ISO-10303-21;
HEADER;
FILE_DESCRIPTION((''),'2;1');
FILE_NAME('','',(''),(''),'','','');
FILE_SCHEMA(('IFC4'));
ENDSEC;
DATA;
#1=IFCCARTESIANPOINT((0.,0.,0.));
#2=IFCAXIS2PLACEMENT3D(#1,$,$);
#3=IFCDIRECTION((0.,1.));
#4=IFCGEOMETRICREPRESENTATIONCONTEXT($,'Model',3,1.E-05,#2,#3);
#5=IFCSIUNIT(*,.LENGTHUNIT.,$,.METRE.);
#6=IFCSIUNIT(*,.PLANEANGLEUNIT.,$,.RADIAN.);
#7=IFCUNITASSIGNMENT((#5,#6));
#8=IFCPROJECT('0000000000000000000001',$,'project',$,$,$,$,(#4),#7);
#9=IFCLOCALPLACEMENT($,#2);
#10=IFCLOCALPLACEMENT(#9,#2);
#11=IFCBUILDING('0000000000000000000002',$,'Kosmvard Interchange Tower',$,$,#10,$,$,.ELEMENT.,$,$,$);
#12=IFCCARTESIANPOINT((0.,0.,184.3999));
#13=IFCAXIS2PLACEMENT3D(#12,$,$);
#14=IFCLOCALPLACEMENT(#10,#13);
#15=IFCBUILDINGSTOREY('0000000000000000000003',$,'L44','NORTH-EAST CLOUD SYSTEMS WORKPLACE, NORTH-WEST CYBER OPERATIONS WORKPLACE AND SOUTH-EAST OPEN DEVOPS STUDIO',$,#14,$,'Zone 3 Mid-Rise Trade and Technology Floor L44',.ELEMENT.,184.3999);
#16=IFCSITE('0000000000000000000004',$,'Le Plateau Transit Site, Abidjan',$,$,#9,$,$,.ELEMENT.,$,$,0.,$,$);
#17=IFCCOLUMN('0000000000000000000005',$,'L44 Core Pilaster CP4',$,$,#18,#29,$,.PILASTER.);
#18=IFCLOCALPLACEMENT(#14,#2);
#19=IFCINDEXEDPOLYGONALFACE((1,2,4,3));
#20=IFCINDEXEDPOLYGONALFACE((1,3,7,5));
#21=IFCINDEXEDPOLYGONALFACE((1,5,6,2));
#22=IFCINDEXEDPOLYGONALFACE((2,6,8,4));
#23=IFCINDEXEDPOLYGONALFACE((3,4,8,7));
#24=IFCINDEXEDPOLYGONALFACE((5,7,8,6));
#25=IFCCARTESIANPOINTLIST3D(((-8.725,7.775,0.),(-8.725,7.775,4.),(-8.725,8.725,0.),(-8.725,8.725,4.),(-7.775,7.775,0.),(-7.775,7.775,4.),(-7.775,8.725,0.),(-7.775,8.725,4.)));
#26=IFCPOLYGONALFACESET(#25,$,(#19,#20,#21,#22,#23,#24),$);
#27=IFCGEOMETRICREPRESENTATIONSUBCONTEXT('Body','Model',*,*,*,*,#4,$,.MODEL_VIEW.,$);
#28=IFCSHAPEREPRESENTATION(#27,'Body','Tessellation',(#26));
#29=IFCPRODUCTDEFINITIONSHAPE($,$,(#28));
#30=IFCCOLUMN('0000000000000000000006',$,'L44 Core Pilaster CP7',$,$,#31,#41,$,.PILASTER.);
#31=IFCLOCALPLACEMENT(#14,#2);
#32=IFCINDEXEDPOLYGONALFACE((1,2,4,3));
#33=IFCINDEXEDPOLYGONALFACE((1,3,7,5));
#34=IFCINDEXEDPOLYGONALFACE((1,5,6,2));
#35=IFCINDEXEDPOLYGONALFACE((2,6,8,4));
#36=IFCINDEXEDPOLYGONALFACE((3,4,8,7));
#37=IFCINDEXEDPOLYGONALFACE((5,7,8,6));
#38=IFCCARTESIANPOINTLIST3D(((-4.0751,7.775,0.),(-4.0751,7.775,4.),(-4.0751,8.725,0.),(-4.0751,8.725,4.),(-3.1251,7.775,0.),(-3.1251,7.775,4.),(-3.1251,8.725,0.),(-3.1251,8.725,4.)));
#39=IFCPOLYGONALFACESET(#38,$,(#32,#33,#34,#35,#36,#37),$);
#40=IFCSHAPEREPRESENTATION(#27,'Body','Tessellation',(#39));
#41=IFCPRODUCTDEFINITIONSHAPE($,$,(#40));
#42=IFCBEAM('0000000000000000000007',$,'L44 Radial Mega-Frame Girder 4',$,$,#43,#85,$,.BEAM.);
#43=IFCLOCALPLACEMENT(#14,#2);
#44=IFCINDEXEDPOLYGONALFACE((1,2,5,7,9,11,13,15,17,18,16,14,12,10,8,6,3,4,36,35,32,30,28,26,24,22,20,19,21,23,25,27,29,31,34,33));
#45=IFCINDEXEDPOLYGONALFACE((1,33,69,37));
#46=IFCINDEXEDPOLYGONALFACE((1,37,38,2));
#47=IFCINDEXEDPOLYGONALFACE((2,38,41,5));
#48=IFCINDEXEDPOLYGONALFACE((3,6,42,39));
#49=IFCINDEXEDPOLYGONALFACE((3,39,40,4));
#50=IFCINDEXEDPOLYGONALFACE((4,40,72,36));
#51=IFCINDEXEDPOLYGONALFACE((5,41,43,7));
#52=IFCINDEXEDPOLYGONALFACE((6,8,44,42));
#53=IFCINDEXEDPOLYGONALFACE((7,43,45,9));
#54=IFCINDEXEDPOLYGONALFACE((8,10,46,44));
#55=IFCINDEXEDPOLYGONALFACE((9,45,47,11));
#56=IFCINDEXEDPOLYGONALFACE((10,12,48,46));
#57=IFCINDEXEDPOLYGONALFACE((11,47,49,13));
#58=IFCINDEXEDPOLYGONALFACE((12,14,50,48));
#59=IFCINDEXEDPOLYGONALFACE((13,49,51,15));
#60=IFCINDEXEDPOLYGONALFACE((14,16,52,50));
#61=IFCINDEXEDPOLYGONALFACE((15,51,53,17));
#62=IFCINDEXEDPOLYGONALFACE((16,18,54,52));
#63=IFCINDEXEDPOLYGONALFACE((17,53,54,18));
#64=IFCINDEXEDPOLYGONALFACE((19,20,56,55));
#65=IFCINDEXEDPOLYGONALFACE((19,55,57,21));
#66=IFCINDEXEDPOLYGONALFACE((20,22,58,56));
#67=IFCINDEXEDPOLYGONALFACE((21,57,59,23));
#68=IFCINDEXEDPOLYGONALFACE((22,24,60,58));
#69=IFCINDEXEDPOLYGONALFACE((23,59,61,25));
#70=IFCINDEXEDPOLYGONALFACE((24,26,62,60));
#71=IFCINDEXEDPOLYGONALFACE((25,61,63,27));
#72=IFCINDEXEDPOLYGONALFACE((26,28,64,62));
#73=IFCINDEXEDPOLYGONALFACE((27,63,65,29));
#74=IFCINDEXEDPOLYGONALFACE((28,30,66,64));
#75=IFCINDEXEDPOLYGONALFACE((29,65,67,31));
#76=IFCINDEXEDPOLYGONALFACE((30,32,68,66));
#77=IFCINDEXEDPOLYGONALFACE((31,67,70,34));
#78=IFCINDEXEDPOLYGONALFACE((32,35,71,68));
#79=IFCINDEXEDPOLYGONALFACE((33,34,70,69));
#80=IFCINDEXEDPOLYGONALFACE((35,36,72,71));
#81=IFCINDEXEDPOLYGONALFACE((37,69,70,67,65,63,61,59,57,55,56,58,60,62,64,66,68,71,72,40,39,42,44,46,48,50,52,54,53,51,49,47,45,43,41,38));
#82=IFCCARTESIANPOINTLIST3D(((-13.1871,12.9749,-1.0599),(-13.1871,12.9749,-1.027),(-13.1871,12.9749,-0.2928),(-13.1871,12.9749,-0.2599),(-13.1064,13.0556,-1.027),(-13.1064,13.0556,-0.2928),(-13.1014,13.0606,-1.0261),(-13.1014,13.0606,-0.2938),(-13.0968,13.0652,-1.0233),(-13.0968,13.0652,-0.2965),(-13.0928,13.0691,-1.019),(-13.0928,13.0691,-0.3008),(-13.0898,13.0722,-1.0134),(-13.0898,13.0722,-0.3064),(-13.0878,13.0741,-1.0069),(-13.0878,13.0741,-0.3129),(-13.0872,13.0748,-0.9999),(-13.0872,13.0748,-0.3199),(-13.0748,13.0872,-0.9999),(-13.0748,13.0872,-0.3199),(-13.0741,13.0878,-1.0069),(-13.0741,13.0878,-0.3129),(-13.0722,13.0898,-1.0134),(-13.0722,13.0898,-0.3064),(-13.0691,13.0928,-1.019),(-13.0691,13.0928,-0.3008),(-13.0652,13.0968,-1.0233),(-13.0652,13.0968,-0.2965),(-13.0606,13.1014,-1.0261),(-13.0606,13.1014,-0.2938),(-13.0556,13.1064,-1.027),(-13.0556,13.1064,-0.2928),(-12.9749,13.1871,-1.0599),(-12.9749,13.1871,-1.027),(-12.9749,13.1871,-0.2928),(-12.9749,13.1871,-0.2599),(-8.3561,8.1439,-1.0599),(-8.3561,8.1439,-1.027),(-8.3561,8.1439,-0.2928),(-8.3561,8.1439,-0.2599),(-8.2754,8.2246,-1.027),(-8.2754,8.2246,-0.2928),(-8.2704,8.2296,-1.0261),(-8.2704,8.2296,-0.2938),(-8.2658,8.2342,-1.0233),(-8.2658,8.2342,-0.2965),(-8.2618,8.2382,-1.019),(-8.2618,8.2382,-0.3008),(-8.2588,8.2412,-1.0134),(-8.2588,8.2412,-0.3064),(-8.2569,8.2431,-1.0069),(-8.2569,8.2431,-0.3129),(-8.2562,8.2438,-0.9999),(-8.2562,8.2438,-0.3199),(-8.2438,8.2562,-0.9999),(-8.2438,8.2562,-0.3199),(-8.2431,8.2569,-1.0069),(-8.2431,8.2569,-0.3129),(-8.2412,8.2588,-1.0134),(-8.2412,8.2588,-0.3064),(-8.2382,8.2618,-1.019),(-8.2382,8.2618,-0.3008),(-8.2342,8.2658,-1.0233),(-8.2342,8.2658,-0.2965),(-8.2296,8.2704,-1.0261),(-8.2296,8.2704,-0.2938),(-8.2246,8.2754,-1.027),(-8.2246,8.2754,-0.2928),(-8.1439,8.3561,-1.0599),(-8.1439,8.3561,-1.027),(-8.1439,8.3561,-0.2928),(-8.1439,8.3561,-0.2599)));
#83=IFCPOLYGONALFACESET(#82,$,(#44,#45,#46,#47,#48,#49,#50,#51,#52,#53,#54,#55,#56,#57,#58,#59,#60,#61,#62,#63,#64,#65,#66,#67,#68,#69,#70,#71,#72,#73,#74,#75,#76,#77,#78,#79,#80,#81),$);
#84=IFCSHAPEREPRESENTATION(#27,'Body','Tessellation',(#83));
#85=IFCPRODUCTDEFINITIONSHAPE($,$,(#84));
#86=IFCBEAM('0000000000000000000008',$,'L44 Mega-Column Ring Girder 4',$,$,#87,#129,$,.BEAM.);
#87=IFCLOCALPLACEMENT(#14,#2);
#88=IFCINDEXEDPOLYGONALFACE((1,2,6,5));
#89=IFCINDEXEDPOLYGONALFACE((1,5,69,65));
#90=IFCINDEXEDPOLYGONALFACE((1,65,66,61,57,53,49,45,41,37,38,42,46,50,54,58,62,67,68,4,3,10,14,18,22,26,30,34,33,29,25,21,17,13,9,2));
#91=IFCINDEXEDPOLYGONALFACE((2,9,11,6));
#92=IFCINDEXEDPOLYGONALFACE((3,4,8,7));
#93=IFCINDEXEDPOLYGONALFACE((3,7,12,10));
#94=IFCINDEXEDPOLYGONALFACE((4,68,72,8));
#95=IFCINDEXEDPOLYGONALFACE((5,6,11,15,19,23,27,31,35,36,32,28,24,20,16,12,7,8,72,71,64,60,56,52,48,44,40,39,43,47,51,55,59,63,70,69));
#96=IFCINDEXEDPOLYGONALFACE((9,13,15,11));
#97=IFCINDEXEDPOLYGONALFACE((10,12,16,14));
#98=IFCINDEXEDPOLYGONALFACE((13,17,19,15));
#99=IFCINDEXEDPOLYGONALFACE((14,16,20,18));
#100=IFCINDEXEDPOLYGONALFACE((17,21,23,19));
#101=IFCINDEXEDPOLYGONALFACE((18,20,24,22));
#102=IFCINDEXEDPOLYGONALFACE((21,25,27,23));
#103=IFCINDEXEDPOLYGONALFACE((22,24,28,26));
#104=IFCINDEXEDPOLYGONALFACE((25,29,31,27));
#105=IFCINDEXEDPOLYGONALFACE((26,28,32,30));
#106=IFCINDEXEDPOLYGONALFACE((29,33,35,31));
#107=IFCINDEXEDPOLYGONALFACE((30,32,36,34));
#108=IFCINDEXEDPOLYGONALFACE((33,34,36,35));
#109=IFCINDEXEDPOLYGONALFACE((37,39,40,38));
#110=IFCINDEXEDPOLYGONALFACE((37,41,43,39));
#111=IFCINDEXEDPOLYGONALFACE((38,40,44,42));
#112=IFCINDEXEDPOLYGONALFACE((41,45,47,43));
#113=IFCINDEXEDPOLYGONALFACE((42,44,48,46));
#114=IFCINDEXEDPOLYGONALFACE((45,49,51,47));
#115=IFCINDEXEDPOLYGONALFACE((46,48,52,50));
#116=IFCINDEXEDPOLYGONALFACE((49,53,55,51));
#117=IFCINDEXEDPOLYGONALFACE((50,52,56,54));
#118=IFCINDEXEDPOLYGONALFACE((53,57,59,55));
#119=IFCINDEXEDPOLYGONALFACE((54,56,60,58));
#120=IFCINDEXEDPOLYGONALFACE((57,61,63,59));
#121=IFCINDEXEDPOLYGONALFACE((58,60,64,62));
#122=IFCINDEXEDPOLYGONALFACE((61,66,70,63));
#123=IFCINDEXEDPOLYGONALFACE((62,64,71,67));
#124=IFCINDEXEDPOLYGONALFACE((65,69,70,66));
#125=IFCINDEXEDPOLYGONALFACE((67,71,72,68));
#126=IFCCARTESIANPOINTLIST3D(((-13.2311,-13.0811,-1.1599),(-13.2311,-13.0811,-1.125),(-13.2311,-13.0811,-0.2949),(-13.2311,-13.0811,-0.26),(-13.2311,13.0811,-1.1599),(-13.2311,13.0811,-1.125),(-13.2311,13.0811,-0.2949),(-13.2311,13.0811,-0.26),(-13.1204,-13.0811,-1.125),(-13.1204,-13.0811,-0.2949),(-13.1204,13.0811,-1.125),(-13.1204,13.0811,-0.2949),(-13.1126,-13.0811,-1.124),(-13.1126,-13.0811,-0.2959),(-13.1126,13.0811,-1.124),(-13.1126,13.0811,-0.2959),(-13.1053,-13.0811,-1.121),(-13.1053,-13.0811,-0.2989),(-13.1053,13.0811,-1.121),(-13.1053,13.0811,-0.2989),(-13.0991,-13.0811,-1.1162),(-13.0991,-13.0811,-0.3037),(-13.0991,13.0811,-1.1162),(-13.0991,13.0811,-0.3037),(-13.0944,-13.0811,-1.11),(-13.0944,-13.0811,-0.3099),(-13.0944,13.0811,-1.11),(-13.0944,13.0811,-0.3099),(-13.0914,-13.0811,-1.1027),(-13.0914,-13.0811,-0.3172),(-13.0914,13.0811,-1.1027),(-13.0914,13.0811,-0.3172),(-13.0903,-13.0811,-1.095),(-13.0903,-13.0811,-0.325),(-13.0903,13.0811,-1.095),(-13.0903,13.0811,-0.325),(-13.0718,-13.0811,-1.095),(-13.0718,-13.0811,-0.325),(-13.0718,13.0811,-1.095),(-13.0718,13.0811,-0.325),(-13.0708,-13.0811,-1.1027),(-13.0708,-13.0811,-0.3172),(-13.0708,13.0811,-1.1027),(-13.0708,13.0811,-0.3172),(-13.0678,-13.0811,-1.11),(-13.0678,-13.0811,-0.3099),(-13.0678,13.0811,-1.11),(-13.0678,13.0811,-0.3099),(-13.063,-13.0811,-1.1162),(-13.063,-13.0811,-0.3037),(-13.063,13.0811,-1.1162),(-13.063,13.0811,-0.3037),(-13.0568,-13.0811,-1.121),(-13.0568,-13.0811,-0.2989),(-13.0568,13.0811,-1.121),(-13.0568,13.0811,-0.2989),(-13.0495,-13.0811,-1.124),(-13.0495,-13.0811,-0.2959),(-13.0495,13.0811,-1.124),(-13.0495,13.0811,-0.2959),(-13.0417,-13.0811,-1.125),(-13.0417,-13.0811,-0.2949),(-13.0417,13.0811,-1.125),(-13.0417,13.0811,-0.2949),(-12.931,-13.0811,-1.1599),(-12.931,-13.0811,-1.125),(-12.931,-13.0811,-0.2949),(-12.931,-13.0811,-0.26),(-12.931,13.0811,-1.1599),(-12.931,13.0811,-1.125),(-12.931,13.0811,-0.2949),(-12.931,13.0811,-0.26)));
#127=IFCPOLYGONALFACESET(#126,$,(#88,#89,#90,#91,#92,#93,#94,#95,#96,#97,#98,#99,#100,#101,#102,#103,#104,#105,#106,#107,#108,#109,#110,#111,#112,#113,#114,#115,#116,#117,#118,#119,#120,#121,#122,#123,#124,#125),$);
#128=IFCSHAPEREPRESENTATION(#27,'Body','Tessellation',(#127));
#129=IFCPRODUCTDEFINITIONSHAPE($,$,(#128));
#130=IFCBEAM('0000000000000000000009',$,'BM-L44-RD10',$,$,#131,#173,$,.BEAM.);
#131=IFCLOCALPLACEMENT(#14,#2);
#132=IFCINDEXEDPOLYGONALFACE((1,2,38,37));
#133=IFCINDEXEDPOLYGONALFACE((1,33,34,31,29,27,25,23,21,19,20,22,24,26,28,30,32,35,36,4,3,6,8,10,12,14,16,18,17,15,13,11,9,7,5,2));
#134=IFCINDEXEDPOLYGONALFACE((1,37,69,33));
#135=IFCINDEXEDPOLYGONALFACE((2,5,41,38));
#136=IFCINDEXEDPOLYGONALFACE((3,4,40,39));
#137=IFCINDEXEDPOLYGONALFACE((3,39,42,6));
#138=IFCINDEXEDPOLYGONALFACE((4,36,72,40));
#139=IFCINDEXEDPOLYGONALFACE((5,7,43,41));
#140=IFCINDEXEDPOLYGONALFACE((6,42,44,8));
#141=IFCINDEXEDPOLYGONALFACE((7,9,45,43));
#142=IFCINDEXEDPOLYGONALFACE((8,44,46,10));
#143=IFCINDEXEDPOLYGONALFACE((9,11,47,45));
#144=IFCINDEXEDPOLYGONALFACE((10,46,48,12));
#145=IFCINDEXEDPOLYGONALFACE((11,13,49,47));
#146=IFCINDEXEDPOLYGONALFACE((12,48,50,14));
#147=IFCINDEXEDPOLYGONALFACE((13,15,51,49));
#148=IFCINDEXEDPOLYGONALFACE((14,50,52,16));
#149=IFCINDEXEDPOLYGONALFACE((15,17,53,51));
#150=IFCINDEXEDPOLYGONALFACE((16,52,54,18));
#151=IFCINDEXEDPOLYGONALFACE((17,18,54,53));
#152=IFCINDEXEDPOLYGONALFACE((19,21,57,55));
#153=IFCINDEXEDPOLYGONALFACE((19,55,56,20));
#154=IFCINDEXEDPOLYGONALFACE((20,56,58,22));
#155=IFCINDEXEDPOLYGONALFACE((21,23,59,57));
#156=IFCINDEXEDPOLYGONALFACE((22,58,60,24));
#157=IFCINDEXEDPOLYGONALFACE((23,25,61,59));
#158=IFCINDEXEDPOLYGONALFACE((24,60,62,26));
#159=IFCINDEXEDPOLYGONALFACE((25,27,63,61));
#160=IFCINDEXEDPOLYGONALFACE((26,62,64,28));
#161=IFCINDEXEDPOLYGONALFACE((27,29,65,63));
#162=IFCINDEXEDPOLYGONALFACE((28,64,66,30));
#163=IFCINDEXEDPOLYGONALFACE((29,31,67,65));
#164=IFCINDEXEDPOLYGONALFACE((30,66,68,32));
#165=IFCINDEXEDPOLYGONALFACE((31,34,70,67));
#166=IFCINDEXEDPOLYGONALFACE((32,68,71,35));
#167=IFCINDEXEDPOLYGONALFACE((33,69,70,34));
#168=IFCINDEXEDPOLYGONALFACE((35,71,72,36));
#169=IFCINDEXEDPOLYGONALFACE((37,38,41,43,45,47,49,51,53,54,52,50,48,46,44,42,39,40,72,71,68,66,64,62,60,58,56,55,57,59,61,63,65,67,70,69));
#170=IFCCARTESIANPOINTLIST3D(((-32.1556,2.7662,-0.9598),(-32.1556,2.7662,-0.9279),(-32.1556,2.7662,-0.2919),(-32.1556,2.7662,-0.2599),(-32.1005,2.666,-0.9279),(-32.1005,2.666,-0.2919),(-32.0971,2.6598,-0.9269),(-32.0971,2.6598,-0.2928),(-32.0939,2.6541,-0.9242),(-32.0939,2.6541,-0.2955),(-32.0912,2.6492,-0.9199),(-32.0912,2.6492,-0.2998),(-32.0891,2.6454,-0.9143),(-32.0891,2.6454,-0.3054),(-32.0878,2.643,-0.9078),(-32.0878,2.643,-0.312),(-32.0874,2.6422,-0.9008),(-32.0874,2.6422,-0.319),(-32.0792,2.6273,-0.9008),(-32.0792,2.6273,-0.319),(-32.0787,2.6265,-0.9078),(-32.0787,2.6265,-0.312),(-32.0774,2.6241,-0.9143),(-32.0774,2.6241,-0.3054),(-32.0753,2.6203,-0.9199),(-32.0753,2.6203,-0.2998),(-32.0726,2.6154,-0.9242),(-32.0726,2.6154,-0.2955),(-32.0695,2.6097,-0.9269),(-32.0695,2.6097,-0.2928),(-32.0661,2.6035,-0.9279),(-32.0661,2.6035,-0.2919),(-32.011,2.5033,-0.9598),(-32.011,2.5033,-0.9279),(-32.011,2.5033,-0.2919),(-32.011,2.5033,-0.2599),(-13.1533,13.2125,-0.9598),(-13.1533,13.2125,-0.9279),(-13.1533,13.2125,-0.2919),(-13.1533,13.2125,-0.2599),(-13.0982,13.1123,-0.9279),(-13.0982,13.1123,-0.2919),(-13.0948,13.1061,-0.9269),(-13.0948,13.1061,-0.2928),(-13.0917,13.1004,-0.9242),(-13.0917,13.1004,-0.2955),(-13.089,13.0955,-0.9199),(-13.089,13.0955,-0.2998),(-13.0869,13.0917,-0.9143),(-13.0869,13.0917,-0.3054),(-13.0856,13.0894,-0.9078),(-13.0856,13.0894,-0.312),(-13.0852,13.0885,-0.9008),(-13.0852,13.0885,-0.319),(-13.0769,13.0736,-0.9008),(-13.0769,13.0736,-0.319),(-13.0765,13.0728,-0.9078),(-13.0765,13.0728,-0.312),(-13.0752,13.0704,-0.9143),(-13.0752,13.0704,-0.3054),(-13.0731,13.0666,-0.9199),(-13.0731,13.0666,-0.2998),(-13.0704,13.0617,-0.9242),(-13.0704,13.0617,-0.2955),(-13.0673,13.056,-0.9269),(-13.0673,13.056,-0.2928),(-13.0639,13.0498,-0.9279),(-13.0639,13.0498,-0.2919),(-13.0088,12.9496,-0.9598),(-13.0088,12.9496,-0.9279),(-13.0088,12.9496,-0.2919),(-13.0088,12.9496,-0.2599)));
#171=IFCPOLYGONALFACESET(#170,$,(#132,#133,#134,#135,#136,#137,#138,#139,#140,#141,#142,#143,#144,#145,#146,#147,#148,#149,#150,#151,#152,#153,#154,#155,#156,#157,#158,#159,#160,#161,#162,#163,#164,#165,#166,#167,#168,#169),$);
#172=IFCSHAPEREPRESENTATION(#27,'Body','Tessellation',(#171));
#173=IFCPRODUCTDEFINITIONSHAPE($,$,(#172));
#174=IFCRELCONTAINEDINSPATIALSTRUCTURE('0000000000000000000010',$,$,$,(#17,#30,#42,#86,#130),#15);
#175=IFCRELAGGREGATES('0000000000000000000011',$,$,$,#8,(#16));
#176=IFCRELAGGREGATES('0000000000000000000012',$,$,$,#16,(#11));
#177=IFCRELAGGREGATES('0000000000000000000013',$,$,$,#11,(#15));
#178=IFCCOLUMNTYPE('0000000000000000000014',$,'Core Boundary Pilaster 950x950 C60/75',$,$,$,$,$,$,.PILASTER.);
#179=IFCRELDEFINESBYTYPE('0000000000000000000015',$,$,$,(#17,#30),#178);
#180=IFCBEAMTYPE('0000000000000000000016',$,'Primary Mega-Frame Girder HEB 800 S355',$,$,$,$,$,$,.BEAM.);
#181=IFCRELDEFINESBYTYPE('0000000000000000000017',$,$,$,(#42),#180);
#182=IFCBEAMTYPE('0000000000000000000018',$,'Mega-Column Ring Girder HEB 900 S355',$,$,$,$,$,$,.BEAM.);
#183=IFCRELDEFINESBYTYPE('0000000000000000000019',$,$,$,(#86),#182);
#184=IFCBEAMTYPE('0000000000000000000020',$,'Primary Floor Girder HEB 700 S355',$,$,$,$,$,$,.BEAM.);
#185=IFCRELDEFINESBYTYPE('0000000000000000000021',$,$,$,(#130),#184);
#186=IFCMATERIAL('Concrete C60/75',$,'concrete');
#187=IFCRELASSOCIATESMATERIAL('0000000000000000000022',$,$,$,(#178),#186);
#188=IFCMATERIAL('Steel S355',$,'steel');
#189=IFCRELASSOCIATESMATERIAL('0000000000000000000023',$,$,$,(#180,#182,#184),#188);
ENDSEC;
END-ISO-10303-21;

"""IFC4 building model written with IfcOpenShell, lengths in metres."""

from ifc_helpers import new_model, si_unit, direction, frame, origin, origin_2d, place, context, subcontext, project, spatial, rectangle, i_section, extrude, source, transform, mapped, material, material_profile, profile_set, type_object, element, save


model = new_model("IFC4")

# Units and contexts
model_context = context("Model", 3, precision=1e-05, world=origin(), true_north=direction((0.0, 1.0)))
body_context = subcontext(model_context, "Body", "Model", "MODEL_VIEW")
ifc_project = project(units=[si_unit("LENGTHUNIT", "METRE"), si_unit("PLANEANGLEUNIT", "RADIAN")], contexts=[model_context])

# Site, building, storey
site_placement = place(None, origin())
site = spatial("IfcSite", under=ifc_project, at=site_placement, Name="Le Plateau Transit Site, Abidjan", CompositionType="ELEMENT", RefElevation=0.0)
building_placement = place(site_placement, origin())
building = spatial("IfcBuilding", under=site, at=building_placement, Name="Kosmvard Interchange Tower", CompositionType="ELEMENT")
storey_placement = place(building_placement, frame((0.0, 0.0, 184.3999)))
storey = spatial("IfcBuildingStorey", under=building, at=storey_placement, Name="L44", Description="NORTH-EAST CLOUD SYSTEMS WORKPLACE, NORTH-WEST CYBER OPERATIONS WORKPLACE AND SOUTH-EAST OPEN DEVOPS STUDIO", LongName="Zone 3 Mid-Rise Trade and Technology Floor L44", CompositionType="ELEMENT", Elevation=184.3999)

# Columns
ifc_material_1 = material(Name="Concrete C60/75", Category="concrete")
ifc_material_profile_1 = material_profile(ifc_material_1, rectangle(XDim=0.95, YDim=0.95, at=origin_2d()), Name="CP 950x950")
ifc_profile_set_1 = profile_set([ifc_material_profile_1], Name="Concrete C60/75")
column_type = type_object("IfcColumnType", Name="Core Boundary Pilaster 950x950 C60/75", PredefinedType="PILASTER", material=ifc_profile_set_1)
shared_shape_1 = source(origin(), body_context, "Body", "SweptSolid", [
    extrude(rectangle(XDim=0.95, YDim=0.95, at=origin_2d()), origin(), (0.0, 0.0, 1.0), 4.0),
])
for number, where, z_axis, x_axis, name in (
    (1, (-8.25, 8.25, 0.0), (0.0, 0.0, 1.0), (1.0, 0.0, 0.0), "L44 Core Pilaster CP4"),
    (2, (-3.6001, 8.25, 0.0), (0.0, 0.0, 1.0), (1.0, 0.0, 0.0), "L44 Core Pilaster CP7"),
):
    element("IfcColumn", number, at=place(storey_placement, frame(where, z_axis=z_axis, x_axis=x_axis)), inside=storey, type_object=column_type, Name=name, PredefinedType="PILASTER", context=body_context, shape_type="MappedRepresentation", body=[
        mapped(shared_shape_1, transform((0.0, 0.0, 0.0), scale=1.0)),
    ])

# Beams
ifc_material_2 = material(Name="Steel S355", Category="steel")
ifc_material_profile_2 = material_profile(ifc_material_2, i_section(OverallWidth=0.3, OverallDepth=0.8, WebThickness=0.0176, FlangeThickness=0.033, FilletRadius=0.0271, at=origin_2d()), Name="HEB 800")
ifc_profile_set_2 = profile_set([ifc_material_profile_2], Name="Steel S355")
beam_type_1 = type_object("IfcBeamType", Name="Primary Mega-Frame Girder HEB 800 S355", PredefinedType="BEAM", material=ifc_profile_set_2)
shared_shape_2 = source(origin(), body_context, "Body", "SweptSolid", [
    extrude(i_section(OverallWidth=0.3, OverallDepth=0.8, WebThickness=0.0176, FlangeThickness=0.033, FilletRadius=0.0271, at=origin_2d()), origin(), (0.0, 0.0, 1.0), 6.832),
])
beam_1_placement = place(storey_placement, frame((-8.25, 8.25, -0.6599), z_axis=(-0.707107, 0.707107, 0.0), x_axis=(-0.707107, -0.707107, 0.0)))
element("IfcBeam", 3, at=beam_1_placement, inside=storey, type_object=beam_type_1, Name="L44 Radial Mega-Frame Girder 4", PredefinedType="BEAM", context=body_context, shape_type="MappedRepresentation", body=[
    mapped(shared_shape_2, transform((0.0, 0.0, 0.0), scale=1.0)),
])
ifc_material_profile_3 = material_profile(ifc_material_2, i_section(OverallWidth=0.3, OverallDepth=0.8999, WebThickness=0.0186, FlangeThickness=0.0349, FilletRadius=0.03, at=origin_2d()), Name="HEB 900")
ifc_profile_set_3 = profile_set([ifc_material_profile_3], Name="Steel S355")
beam_type_2 = type_object("IfcBeamType", Name="Mega-Column Ring Girder HEB 900 S355", PredefinedType="BEAM", material=ifc_profile_set_3)
shared_shape_3 = source(origin(), body_context, "Body", "SweptSolid", [
    extrude(i_section(OverallWidth=0.3, OverallDepth=0.8999, WebThickness=0.0186, FlangeThickness=0.0349, FilletRadius=0.03, at=origin_2d()), origin(), (0.0, 0.0, 1.0), 26.1621),
])
beam_2_placement = place(storey_placement, frame((-13.0811, 13.0811, -0.71), z_axis=(0.0, -1.0, 0.0), x_axis=(1.0, 0.0, 0.0)))
element("IfcBeam", 4, at=beam_2_placement, inside=storey, type_object=beam_type_2, Name="L44 Mega-Column Ring Girder 4", PredefinedType="BEAM", context=body_context, shape_type="MappedRepresentation", body=[
    mapped(shared_shape_3, transform((0.0, 0.0, 0.0), scale=1.0)),
])
ifc_material_profile_4 = material_profile(ifc_material_2, i_section(OverallWidth=0.3, OverallDepth=0.7, WebThickness=0.0171, FlangeThickness=0.032, FilletRadius=0.0271, at=origin_2d()), Name="HEB 700")
ifc_profile_set_4 = profile_set([ifc_material_profile_4], Name="Steel S355")
beam_type_3 = type_object("IfcBeamType", Name="Primary Floor Girder HEB 700 S355", PredefinedType="BEAM", material=ifc_profile_set_4)
shared_shape_4 = source(origin(), body_context, "Body", "SweptSolid", [
    extrude(i_section(OverallWidth=0.3, OverallDepth=0.7, WebThickness=0.0171, FlangeThickness=0.032, FilletRadius=0.0271, at=origin_2d()), origin(), (0.0, 0.0, 1.0), 21.6843),
])
beam_3_placement = place(storey_placement, frame((-13.0811, 13.0811, -0.6099), z_axis=(-0.876312, -0.481745, 0.0), x_axis=(0.481745, -0.876312, 0.0)))
element("IfcBeam", 5, at=beam_3_placement, inside=storey, type_object=beam_type_3, Name="BM-L44-RD10", PredefinedType="BEAM", context=body_context, shape_type="MappedRepresentation", body=[
    mapped(shared_shape_4, transform((0.0, 0.0, 0.0), scale=1.0)),
])

save(model, "model.ifc")
